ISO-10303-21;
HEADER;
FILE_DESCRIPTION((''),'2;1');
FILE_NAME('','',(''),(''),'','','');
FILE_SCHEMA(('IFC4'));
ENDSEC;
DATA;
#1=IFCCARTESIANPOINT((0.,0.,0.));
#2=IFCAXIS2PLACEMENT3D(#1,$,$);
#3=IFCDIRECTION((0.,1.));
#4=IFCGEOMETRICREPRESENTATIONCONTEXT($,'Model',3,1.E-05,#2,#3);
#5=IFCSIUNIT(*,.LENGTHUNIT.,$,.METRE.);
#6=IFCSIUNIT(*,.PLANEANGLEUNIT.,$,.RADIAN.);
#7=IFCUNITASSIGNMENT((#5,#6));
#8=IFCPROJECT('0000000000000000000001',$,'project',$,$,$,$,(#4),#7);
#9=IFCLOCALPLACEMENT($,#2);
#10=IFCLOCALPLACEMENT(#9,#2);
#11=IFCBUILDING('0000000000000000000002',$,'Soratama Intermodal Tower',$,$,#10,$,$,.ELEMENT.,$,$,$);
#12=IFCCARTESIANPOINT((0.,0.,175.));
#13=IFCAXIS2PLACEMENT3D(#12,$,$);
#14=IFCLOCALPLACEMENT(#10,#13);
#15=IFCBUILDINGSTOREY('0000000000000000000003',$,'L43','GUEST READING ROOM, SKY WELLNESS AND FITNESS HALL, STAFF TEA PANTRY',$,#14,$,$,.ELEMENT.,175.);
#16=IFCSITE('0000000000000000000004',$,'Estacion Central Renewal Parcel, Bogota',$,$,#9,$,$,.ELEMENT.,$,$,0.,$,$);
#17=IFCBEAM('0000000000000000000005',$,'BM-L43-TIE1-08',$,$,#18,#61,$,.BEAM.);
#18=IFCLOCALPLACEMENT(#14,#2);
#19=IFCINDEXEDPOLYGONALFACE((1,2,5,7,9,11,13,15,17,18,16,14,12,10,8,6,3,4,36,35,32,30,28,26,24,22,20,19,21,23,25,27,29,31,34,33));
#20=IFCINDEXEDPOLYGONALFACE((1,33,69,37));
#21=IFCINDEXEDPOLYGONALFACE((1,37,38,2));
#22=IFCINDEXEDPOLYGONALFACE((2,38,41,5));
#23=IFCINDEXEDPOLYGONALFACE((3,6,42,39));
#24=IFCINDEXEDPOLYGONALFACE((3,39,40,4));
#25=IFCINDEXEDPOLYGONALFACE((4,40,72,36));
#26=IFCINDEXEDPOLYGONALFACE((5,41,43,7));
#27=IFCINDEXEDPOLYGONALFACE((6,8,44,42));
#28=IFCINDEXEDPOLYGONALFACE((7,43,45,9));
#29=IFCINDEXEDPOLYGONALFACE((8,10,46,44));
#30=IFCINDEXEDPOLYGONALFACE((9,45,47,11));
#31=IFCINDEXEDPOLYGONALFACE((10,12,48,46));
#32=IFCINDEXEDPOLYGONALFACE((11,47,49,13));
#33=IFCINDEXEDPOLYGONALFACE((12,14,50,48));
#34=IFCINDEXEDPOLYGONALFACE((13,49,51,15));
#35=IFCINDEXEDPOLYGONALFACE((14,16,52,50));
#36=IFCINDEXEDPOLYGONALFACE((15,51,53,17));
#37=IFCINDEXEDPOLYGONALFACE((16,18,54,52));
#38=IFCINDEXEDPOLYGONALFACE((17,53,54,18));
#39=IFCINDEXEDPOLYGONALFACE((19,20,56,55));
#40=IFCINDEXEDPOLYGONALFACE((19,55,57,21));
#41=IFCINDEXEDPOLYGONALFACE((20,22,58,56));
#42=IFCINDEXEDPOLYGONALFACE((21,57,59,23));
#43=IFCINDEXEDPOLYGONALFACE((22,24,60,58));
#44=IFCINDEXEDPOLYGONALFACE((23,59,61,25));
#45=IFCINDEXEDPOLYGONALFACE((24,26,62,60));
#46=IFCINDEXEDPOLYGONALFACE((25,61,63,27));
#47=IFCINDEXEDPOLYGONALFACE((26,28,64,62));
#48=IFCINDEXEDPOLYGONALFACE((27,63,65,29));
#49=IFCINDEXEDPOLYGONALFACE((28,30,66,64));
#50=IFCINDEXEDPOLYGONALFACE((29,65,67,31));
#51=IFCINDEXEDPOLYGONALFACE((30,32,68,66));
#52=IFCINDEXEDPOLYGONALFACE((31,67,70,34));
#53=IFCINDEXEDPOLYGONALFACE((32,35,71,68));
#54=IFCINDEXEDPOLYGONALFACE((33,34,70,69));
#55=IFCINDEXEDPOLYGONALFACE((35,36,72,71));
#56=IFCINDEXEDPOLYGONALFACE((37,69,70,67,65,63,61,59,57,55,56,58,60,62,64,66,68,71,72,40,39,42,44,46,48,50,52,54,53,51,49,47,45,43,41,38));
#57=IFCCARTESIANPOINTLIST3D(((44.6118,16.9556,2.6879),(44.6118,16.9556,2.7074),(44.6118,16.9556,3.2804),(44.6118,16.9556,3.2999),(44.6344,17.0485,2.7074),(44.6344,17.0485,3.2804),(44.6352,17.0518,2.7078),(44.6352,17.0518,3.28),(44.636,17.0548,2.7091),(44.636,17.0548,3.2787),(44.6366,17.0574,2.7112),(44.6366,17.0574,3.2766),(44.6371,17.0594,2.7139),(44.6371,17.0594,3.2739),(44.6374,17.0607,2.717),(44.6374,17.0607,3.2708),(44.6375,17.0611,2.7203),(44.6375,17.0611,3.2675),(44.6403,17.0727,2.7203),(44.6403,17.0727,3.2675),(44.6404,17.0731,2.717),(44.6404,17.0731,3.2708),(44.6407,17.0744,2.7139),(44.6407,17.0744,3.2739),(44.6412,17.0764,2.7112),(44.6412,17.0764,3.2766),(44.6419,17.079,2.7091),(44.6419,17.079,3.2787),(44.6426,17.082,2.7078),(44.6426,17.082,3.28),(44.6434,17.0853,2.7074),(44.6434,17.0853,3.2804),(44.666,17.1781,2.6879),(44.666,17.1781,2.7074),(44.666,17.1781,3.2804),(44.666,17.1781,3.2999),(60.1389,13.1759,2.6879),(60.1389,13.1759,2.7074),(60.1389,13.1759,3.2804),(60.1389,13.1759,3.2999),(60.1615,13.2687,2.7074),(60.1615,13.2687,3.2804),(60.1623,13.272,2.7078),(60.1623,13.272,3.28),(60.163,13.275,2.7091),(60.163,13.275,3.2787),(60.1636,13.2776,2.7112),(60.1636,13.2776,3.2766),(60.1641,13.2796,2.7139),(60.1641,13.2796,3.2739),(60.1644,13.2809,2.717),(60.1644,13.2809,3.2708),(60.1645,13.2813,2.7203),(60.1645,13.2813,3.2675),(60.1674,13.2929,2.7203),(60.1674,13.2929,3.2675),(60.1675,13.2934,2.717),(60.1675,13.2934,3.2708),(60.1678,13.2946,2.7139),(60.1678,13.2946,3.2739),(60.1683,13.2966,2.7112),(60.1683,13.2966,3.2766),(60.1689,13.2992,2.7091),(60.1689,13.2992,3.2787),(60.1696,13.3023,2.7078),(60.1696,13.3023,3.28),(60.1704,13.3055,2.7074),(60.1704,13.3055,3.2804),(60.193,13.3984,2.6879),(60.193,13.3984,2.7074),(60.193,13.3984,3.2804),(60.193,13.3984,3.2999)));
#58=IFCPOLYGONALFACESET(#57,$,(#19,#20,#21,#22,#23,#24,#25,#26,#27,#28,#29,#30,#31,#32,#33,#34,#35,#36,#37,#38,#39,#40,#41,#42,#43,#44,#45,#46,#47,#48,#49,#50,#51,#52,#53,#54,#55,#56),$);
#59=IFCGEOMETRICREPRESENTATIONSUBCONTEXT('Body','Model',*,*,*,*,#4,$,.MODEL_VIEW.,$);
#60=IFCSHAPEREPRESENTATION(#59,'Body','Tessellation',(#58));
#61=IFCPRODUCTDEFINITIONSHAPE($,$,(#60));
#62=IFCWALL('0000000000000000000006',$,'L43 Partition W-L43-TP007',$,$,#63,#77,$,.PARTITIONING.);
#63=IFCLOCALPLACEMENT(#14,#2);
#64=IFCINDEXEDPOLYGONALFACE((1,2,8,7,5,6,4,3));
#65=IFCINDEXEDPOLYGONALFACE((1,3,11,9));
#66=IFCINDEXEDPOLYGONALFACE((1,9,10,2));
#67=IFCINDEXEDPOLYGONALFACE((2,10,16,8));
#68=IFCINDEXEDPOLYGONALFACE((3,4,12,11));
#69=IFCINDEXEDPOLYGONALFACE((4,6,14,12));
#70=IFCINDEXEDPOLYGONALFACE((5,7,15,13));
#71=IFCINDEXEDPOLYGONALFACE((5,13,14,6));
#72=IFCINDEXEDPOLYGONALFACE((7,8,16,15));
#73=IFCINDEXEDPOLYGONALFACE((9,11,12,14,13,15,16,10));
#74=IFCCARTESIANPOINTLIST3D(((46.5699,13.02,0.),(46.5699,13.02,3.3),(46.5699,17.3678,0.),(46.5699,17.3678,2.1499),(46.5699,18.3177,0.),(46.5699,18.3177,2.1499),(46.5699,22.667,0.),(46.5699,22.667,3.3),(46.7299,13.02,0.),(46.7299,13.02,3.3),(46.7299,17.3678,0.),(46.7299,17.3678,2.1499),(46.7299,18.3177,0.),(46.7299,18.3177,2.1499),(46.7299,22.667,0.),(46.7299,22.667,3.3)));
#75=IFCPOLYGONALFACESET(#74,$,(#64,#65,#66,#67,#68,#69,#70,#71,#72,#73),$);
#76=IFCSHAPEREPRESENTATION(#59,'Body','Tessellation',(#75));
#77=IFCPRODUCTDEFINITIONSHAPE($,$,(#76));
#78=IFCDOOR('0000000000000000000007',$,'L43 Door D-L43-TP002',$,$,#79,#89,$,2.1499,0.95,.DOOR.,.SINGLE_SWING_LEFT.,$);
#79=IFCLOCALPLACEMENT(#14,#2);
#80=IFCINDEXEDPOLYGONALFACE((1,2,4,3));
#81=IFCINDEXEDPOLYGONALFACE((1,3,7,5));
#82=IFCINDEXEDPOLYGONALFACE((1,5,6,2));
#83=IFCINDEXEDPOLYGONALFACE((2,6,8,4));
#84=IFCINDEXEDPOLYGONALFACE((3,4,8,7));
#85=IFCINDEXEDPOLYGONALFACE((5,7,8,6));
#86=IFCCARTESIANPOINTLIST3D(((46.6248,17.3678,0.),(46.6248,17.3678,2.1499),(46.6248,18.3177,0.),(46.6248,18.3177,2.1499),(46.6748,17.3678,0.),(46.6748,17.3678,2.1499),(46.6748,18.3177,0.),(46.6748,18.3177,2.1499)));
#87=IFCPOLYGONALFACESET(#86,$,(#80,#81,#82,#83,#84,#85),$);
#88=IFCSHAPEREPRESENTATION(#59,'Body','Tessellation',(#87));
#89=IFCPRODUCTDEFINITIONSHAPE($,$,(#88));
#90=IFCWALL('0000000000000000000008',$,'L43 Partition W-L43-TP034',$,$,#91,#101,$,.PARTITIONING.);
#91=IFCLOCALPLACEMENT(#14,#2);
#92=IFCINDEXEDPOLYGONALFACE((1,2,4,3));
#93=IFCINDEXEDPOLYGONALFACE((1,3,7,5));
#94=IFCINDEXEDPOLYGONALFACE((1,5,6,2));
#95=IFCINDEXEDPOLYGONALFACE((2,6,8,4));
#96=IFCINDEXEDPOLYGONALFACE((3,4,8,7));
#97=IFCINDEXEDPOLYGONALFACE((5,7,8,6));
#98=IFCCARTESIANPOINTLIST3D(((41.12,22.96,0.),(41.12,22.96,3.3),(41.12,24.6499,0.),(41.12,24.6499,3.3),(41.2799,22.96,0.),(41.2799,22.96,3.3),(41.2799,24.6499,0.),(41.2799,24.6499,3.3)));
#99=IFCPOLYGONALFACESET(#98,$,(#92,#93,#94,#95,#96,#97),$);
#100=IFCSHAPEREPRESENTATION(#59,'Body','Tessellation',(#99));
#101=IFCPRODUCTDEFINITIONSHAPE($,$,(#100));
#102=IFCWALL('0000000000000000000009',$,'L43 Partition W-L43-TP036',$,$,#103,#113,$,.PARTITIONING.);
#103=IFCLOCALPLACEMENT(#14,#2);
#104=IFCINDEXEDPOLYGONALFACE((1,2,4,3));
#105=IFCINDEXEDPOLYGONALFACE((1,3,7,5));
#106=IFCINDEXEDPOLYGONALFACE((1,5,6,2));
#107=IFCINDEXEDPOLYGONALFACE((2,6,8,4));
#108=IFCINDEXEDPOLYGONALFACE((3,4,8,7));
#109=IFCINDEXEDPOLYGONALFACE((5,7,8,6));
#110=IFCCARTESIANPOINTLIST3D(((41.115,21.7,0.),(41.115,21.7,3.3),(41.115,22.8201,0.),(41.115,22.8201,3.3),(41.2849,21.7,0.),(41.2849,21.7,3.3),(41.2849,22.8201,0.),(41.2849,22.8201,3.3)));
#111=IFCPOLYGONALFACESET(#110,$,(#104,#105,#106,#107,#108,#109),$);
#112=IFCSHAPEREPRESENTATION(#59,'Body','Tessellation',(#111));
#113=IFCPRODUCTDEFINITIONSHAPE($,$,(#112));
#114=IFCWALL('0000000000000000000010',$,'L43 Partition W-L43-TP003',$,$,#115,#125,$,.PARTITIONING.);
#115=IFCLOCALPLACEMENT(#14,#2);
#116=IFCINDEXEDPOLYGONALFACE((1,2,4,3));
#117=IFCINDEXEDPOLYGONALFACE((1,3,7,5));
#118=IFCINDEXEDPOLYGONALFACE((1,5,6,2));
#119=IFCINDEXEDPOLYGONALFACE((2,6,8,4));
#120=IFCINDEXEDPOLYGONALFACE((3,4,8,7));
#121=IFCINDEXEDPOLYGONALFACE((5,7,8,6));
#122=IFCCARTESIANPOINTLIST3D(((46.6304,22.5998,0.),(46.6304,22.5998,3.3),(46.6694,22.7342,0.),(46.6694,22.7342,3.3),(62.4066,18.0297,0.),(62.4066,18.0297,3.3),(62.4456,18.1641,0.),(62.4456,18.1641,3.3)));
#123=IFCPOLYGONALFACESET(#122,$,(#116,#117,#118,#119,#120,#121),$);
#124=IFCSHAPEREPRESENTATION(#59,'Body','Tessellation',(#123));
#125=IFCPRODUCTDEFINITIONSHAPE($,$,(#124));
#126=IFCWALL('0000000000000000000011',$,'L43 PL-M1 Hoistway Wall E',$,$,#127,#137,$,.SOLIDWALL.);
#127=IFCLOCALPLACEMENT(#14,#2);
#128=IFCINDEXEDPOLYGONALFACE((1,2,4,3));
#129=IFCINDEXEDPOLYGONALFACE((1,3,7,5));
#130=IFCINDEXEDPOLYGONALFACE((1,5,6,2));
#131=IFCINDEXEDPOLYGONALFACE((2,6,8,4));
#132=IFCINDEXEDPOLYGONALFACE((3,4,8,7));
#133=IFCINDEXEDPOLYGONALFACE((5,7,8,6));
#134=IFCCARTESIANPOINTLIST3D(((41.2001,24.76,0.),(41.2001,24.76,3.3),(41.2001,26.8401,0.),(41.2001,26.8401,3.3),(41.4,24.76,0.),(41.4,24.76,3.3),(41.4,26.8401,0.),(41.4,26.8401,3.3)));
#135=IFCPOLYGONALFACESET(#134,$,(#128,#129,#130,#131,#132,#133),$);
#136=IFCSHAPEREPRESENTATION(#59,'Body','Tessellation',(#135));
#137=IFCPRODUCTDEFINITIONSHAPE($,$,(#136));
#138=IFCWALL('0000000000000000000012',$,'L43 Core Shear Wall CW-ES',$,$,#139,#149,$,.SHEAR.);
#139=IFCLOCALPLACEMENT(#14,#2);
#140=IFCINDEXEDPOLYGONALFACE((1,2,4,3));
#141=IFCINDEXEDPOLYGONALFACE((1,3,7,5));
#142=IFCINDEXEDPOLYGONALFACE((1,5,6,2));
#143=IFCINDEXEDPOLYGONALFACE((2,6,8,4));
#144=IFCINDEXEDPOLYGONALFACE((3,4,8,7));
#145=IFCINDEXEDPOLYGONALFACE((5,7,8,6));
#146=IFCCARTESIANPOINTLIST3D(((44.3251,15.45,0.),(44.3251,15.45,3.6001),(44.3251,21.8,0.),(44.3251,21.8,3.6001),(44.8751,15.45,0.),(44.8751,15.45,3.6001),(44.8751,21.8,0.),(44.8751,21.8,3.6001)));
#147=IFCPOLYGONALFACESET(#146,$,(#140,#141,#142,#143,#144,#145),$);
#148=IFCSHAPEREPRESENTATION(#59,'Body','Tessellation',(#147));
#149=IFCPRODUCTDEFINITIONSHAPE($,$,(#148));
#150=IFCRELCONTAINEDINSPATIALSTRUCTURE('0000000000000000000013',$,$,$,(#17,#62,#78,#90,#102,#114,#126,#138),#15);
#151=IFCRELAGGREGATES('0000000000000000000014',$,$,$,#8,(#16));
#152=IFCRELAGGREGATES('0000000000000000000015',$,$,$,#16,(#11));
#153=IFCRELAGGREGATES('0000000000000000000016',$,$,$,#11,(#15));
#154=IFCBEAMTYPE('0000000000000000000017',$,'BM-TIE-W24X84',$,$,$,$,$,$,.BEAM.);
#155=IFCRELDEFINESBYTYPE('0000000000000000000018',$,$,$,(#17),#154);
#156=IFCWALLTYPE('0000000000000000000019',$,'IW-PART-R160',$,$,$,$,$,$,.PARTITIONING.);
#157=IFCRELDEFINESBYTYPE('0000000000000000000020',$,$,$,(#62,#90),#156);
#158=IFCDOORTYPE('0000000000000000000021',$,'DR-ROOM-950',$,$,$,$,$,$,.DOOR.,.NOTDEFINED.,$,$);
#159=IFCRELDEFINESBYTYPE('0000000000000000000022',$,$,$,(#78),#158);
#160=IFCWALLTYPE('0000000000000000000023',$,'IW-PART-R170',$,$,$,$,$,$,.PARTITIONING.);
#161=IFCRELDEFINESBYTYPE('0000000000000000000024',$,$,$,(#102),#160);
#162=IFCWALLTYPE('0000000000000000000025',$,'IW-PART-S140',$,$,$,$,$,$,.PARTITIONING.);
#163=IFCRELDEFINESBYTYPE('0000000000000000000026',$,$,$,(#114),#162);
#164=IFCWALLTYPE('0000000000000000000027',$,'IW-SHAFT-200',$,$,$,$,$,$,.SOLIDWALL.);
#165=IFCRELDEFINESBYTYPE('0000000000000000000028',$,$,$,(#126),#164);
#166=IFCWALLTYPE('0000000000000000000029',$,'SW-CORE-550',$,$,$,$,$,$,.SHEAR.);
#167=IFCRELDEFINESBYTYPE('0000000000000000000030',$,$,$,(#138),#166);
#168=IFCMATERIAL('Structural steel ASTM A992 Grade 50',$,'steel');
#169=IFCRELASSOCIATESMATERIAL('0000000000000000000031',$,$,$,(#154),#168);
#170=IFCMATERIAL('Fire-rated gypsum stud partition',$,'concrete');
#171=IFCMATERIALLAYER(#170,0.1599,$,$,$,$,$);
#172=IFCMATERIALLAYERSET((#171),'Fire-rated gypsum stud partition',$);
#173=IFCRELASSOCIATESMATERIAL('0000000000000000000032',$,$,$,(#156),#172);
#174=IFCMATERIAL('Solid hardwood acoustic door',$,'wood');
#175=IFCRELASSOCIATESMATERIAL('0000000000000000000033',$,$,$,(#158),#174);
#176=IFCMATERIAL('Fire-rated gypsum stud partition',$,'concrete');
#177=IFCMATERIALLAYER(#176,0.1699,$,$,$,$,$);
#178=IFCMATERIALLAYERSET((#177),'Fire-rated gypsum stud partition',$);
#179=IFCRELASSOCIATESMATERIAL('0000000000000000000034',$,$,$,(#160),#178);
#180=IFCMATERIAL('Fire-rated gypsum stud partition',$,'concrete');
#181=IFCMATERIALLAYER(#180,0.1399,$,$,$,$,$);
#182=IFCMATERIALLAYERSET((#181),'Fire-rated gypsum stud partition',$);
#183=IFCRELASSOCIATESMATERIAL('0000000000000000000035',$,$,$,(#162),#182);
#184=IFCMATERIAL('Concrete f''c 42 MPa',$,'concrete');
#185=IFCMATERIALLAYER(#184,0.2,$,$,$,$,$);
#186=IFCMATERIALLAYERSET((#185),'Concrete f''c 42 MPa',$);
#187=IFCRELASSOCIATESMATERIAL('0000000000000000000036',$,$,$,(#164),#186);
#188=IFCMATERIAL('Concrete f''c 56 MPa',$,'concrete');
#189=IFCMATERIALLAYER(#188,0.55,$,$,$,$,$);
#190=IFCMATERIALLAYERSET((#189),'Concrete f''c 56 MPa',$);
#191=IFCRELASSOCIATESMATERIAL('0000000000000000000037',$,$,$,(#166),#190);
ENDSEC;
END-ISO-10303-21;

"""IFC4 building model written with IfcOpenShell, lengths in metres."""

from ifc_helpers import new_model, si_unit, direction, frame, frame_2d, origin, origin_2d, place, context, subcontext, project, spatial, rectangle, i_section, extrude, material, layer, layer_set, material_profile, profile_set, type_object, element, fill, save


model = new_model("IFC4")

# Units and contexts
model_context = context("Model", 3, precision=1e-05, world=origin(), true_north=direction((0.0, 1.0)))
body_context = subcontext(model_context, "Body", "Model", "MODEL_VIEW")
ifc_project = project(units=[si_unit("LENGTHUNIT", "METRE"), si_unit("PLANEANGLEUNIT", "RADIAN")], contexts=[model_context])

# Site, building, storey
site_placement = place(None, origin())
site = spatial("IfcSite", under=ifc_project, at=site_placement, Name="Estacion Central Renewal Parcel, Bogota", CompositionType="ELEMENT", RefElevation=0.0)
building_placement = place(site_placement, origin())
building = spatial("IfcBuilding", under=site, at=building_placement, Name="Soratama Intermodal Tower", CompositionType="ELEMENT")
storey_placement = place(building_placement, frame((0.0, 0.0, 175.0)))
storey = spatial("IfcBuildingStorey", under=building, at=storey_placement, Name="L43", Description="GUEST READING ROOM, SKY WELLNESS AND FITNESS HALL, STAFF TEA PANTRY", CompositionType="ELEMENT", Elevation=175.0)

# Beam
ifc_material_1 = material(Name="Structural steel ASTM A992 Grade 50", Category="steel")
ifc_material_profile_1 = material_profile(ifc_material_1, i_section(OverallWidth=0.229, OverallDepth=0.6121, WebThickness=0.012, FlangeThickness=0.0195, FilletRadius=0.0129, at=origin_2d()), Name="W24X84")
ifc_profile_set_1 = profile_set([ifc_material_profile_1], Name="Structural steel ASTM A992 Grade 50")
beam_type_1 = type_object("IfcBeamType", Name="BM-TIE-W24X84", PredefinedType="BEAM", material=ifc_profile_set_1)
beam_1_placement = place(storey_placement, frame((44.6389, 17.0669, 2.9939), z_axis=(0.971626, -0.236524, 0.0), x_axis=(0.236524, 0.971626, 0.0)))
element("IfcBeam", 1, at=beam_1_placement, inside=storey, type_object=beam_type_1, Name="BM-L43-TIE1-08", PredefinedType="BEAM", context=body_context, shape_type="SweptSolid", body=[
    extrude(i_section(OverallWidth=0.229, OverallDepth=0.6121, WebThickness=0.012, FlangeThickness=0.0195, FilletRadius=0.0129, at=origin_2d()), origin(), (0.0, 0.0, 1.0), 15.9805),
])

# Wall, opening, door
ifc_material_2 = material(Name="Fire-rated gypsum stud partition", Category="concrete")
ifc_layer_1 = layer(ifc_material_2, 0.1599)
ifc_layer_set_1 = layer_set([ifc_layer_1], Name="Fire-rated gypsum stud partition")
wall_type_1 = type_object("IfcWallType", Name="IW-PART-R160", PredefinedType="PARTITIONING", material=ifc_layer_set_1)
wall_1_placement = place(storey_placement, frame((46.6499, 22.667, 0.0), z_axis=(0.0, 0.0, 1.0), x_axis=(0.0, -1.0, 0.0)))
wall_1 = element("IfcWall", 2, at=wall_1_placement, inside=storey, type_object=wall_type_1, Name="L43 Partition W-L43-TP007", PredefinedType="PARTITIONING", context=body_context, shape_type="SweptSolid", body=[
    extrude(rectangle(XDim=9.647, YDim=0.1599, at=frame_2d((4.8235, 0.0))), origin(), (0.0, 0.0, 1.0), 3.3),
])
opening_1_placement = place(wall_1_placement, frame((4.3491, 0.0, 0.0)))
opening_1 = element("IfcOpeningElement", 3, at=opening_1_placement, cuts=wall_1, PredefinedType="OPENING", context=body_context, shape_type="SweptSolid", body=[
    extrude(rectangle(XDim=0.95, YDim=2.1499, at=frame_2d((0.4751, 1.075))), frame((0.0, 0.0898, 0.0), z_axis=(0.0, -1.0, 0.0), x_axis=(1.0, 0.0, 0.0)), (0.0, 0.0, 1.0), 0.1799),
])
ifc_material_3 = material(Name="Solid hardwood acoustic door", Category="wood")
door_type_1 = type_object("IfcDoorType", Name="DR-ROOM-950", OperationType="NOTDEFINED", PredefinedType="DOOR", material=ifc_material_3)
door_1_placement = place(opening_1_placement, origin())
door_1 = element("IfcDoor", 4, at=door_1_placement, inside=storey, type_object=door_type_1, Name="L43 Door D-L43-TP002", OperationType="SINGLE_SWING_LEFT", OverallHeight=2.1499, OverallWidth=0.95, PredefinedType="DOOR", context=body_context, shape_type="SweptSolid", body=[
    extrude(rectangle(XDim=0.95, YDim=2.1499, at=frame_2d((0.4751, 1.075))), frame((0.0, 0.0249, 0.0), z_axis=(0.0, -1.0, 0.0), x_axis=(1.0, 0.0, 0.0)), (0.0, 0.0, 1.0), 0.05),
])
fill(opening_1, door_1)

# Wall
wall_2_placement = place(storey_placement, frame((41.2, 22.96, 0.0), z_axis=(0.0, 0.0, 1.0), x_axis=(0.0, 1.0, 0.0)))
element("IfcWall", 5, at=wall_2_placement, inside=storey, type_object=wall_type_1, Name="L43 Partition W-L43-TP034", PredefinedType="PARTITIONING", context=body_context, shape_type="SweptSolid", body=[
    extrude(rectangle(XDim=1.6899, YDim=0.1599, at=frame_2d((0.845, 0.0))), origin(), (0.0, 0.0, 1.0), 3.3),
])

# Shared definitions
ifc_material_4 = material(Name="Fire-rated gypsum stud partition", Category="concrete")
ifc_layer_2 = layer(ifc_material_4, 0.1699)
ifc_layer_set_2 = layer_set([ifc_layer_2], Name="Fire-rated gypsum stud partition")
wall_type_2 = type_object("IfcWallType", Name="IW-PART-R170", PredefinedType="PARTITIONING", material=ifc_layer_set_2)

# Walls
wall_3_placement = place(storey_placement, frame((41.2, 21.7, 0.0), z_axis=(0.0, 0.0, 1.0), x_axis=(0.0, 1.0, 0.0)))
element("IfcWall", 6, at=wall_3_placement, inside=storey, type_object=wall_type_2, Name="L43 Partition W-L43-TP036", PredefinedType="PARTITIONING", context=body_context, shape_type="SweptSolid", body=[
    extrude(rectangle(XDim=1.1201, YDim=0.1699, at=frame_2d((0.5601, 0.0))), origin(), (0.0, 0.0, 1.0), 3.3),
])
ifc_material_5 = material(Name="Fire-rated gypsum stud partition", Category="concrete")
ifc_layer_3 = layer(ifc_material_5, 0.1399)
ifc_layer_set_3 = layer_set([ifc_layer_3], Name="Fire-rated gypsum stud partition")
wall_type_3 = type_object("IfcWallType", Name="IW-PART-S140", PredefinedType="PARTITIONING", material=ifc_layer_set_3)
wall_4_placement = place(storey_placement, frame((46.6499, 22.667, 0.0), z_axis=(0.0, 0.0, 1.0), x_axis=(0.960511, -0.278243, 0.0)))
element("IfcWall", 7, at=wall_4_placement, inside=storey, type_object=wall_type_3, Name="L43 Partition W-L43-TP003", PredefinedType="PARTITIONING", context=body_context, shape_type="SweptSolid", body=[
    extrude(rectangle(XDim=16.4248, YDim=0.1399, at=frame_2d((8.2124, 0.0))), origin(), (0.0, 0.0, 1.0), 3.3),
])
ifc_material_6 = material(Name="Concrete f'c 42 MPa", Category="concrete")
ifc_layer_4 = layer(ifc_material_6, 0.2)
ifc_layer_set_4 = layer_set([ifc_layer_4], Name="Concrete f'c 42 MPa")
wall_type_4 = type_object("IfcWallType", Name="IW-SHAFT-200", PredefinedType="SOLIDWALL", material=ifc_layer_set_4)
wall_5_placement = place(storey_placement, frame((41.3, 24.76, 0.0), z_axis=(0.0, 0.0, 1.0), x_axis=(0.0, 1.0, 0.0)))
element("IfcWall", 8, at=wall_5_placement, inside=storey, type_object=wall_type_4, Name="L43 PL-M1 Hoistway Wall E", PredefinedType="SOLIDWALL", context=body_context, shape_type="SweptSolid", body=[
    extrude(rectangle(XDim=2.0801, YDim=0.2, at=frame_2d((1.04, 0.0))), origin(), (0.0, 0.0, 1.0), 3.3),
])
ifc_material_7 = material(Name="Concrete f'c 56 MPa", Category="concrete")
ifc_layer_5 = layer(ifc_material_7, 0.55)
ifc_layer_set_5 = layer_set([ifc_layer_5], Name="Concrete f'c 56 MPa")
wall_type_5 = type_object("IfcWallType", Name="SW-CORE-550", PredefinedType="SHEAR", material=ifc_layer_set_5)
wall_6_placement = place(storey_placement, frame((44.6001, 15.45, 0.0), z_axis=(0.0, 0.0, 1.0), x_axis=(0.0, 1.0, 0.0)))
element("IfcWall", 9, at=wall_6_placement, inside=storey, type_object=wall_type_5, Name="L43 Core Shear Wall CW-ES", PredefinedType="SHEAR", context=body_context, shape_type="SweptSolid", body=[
    extrude(rectangle(XDim=6.3501, YDim=0.55, at=frame_2d((3.175, 0.0))), origin(), (0.0, 0.0, 1.0), 3.6001),
])

save(model, "model.ifc")
